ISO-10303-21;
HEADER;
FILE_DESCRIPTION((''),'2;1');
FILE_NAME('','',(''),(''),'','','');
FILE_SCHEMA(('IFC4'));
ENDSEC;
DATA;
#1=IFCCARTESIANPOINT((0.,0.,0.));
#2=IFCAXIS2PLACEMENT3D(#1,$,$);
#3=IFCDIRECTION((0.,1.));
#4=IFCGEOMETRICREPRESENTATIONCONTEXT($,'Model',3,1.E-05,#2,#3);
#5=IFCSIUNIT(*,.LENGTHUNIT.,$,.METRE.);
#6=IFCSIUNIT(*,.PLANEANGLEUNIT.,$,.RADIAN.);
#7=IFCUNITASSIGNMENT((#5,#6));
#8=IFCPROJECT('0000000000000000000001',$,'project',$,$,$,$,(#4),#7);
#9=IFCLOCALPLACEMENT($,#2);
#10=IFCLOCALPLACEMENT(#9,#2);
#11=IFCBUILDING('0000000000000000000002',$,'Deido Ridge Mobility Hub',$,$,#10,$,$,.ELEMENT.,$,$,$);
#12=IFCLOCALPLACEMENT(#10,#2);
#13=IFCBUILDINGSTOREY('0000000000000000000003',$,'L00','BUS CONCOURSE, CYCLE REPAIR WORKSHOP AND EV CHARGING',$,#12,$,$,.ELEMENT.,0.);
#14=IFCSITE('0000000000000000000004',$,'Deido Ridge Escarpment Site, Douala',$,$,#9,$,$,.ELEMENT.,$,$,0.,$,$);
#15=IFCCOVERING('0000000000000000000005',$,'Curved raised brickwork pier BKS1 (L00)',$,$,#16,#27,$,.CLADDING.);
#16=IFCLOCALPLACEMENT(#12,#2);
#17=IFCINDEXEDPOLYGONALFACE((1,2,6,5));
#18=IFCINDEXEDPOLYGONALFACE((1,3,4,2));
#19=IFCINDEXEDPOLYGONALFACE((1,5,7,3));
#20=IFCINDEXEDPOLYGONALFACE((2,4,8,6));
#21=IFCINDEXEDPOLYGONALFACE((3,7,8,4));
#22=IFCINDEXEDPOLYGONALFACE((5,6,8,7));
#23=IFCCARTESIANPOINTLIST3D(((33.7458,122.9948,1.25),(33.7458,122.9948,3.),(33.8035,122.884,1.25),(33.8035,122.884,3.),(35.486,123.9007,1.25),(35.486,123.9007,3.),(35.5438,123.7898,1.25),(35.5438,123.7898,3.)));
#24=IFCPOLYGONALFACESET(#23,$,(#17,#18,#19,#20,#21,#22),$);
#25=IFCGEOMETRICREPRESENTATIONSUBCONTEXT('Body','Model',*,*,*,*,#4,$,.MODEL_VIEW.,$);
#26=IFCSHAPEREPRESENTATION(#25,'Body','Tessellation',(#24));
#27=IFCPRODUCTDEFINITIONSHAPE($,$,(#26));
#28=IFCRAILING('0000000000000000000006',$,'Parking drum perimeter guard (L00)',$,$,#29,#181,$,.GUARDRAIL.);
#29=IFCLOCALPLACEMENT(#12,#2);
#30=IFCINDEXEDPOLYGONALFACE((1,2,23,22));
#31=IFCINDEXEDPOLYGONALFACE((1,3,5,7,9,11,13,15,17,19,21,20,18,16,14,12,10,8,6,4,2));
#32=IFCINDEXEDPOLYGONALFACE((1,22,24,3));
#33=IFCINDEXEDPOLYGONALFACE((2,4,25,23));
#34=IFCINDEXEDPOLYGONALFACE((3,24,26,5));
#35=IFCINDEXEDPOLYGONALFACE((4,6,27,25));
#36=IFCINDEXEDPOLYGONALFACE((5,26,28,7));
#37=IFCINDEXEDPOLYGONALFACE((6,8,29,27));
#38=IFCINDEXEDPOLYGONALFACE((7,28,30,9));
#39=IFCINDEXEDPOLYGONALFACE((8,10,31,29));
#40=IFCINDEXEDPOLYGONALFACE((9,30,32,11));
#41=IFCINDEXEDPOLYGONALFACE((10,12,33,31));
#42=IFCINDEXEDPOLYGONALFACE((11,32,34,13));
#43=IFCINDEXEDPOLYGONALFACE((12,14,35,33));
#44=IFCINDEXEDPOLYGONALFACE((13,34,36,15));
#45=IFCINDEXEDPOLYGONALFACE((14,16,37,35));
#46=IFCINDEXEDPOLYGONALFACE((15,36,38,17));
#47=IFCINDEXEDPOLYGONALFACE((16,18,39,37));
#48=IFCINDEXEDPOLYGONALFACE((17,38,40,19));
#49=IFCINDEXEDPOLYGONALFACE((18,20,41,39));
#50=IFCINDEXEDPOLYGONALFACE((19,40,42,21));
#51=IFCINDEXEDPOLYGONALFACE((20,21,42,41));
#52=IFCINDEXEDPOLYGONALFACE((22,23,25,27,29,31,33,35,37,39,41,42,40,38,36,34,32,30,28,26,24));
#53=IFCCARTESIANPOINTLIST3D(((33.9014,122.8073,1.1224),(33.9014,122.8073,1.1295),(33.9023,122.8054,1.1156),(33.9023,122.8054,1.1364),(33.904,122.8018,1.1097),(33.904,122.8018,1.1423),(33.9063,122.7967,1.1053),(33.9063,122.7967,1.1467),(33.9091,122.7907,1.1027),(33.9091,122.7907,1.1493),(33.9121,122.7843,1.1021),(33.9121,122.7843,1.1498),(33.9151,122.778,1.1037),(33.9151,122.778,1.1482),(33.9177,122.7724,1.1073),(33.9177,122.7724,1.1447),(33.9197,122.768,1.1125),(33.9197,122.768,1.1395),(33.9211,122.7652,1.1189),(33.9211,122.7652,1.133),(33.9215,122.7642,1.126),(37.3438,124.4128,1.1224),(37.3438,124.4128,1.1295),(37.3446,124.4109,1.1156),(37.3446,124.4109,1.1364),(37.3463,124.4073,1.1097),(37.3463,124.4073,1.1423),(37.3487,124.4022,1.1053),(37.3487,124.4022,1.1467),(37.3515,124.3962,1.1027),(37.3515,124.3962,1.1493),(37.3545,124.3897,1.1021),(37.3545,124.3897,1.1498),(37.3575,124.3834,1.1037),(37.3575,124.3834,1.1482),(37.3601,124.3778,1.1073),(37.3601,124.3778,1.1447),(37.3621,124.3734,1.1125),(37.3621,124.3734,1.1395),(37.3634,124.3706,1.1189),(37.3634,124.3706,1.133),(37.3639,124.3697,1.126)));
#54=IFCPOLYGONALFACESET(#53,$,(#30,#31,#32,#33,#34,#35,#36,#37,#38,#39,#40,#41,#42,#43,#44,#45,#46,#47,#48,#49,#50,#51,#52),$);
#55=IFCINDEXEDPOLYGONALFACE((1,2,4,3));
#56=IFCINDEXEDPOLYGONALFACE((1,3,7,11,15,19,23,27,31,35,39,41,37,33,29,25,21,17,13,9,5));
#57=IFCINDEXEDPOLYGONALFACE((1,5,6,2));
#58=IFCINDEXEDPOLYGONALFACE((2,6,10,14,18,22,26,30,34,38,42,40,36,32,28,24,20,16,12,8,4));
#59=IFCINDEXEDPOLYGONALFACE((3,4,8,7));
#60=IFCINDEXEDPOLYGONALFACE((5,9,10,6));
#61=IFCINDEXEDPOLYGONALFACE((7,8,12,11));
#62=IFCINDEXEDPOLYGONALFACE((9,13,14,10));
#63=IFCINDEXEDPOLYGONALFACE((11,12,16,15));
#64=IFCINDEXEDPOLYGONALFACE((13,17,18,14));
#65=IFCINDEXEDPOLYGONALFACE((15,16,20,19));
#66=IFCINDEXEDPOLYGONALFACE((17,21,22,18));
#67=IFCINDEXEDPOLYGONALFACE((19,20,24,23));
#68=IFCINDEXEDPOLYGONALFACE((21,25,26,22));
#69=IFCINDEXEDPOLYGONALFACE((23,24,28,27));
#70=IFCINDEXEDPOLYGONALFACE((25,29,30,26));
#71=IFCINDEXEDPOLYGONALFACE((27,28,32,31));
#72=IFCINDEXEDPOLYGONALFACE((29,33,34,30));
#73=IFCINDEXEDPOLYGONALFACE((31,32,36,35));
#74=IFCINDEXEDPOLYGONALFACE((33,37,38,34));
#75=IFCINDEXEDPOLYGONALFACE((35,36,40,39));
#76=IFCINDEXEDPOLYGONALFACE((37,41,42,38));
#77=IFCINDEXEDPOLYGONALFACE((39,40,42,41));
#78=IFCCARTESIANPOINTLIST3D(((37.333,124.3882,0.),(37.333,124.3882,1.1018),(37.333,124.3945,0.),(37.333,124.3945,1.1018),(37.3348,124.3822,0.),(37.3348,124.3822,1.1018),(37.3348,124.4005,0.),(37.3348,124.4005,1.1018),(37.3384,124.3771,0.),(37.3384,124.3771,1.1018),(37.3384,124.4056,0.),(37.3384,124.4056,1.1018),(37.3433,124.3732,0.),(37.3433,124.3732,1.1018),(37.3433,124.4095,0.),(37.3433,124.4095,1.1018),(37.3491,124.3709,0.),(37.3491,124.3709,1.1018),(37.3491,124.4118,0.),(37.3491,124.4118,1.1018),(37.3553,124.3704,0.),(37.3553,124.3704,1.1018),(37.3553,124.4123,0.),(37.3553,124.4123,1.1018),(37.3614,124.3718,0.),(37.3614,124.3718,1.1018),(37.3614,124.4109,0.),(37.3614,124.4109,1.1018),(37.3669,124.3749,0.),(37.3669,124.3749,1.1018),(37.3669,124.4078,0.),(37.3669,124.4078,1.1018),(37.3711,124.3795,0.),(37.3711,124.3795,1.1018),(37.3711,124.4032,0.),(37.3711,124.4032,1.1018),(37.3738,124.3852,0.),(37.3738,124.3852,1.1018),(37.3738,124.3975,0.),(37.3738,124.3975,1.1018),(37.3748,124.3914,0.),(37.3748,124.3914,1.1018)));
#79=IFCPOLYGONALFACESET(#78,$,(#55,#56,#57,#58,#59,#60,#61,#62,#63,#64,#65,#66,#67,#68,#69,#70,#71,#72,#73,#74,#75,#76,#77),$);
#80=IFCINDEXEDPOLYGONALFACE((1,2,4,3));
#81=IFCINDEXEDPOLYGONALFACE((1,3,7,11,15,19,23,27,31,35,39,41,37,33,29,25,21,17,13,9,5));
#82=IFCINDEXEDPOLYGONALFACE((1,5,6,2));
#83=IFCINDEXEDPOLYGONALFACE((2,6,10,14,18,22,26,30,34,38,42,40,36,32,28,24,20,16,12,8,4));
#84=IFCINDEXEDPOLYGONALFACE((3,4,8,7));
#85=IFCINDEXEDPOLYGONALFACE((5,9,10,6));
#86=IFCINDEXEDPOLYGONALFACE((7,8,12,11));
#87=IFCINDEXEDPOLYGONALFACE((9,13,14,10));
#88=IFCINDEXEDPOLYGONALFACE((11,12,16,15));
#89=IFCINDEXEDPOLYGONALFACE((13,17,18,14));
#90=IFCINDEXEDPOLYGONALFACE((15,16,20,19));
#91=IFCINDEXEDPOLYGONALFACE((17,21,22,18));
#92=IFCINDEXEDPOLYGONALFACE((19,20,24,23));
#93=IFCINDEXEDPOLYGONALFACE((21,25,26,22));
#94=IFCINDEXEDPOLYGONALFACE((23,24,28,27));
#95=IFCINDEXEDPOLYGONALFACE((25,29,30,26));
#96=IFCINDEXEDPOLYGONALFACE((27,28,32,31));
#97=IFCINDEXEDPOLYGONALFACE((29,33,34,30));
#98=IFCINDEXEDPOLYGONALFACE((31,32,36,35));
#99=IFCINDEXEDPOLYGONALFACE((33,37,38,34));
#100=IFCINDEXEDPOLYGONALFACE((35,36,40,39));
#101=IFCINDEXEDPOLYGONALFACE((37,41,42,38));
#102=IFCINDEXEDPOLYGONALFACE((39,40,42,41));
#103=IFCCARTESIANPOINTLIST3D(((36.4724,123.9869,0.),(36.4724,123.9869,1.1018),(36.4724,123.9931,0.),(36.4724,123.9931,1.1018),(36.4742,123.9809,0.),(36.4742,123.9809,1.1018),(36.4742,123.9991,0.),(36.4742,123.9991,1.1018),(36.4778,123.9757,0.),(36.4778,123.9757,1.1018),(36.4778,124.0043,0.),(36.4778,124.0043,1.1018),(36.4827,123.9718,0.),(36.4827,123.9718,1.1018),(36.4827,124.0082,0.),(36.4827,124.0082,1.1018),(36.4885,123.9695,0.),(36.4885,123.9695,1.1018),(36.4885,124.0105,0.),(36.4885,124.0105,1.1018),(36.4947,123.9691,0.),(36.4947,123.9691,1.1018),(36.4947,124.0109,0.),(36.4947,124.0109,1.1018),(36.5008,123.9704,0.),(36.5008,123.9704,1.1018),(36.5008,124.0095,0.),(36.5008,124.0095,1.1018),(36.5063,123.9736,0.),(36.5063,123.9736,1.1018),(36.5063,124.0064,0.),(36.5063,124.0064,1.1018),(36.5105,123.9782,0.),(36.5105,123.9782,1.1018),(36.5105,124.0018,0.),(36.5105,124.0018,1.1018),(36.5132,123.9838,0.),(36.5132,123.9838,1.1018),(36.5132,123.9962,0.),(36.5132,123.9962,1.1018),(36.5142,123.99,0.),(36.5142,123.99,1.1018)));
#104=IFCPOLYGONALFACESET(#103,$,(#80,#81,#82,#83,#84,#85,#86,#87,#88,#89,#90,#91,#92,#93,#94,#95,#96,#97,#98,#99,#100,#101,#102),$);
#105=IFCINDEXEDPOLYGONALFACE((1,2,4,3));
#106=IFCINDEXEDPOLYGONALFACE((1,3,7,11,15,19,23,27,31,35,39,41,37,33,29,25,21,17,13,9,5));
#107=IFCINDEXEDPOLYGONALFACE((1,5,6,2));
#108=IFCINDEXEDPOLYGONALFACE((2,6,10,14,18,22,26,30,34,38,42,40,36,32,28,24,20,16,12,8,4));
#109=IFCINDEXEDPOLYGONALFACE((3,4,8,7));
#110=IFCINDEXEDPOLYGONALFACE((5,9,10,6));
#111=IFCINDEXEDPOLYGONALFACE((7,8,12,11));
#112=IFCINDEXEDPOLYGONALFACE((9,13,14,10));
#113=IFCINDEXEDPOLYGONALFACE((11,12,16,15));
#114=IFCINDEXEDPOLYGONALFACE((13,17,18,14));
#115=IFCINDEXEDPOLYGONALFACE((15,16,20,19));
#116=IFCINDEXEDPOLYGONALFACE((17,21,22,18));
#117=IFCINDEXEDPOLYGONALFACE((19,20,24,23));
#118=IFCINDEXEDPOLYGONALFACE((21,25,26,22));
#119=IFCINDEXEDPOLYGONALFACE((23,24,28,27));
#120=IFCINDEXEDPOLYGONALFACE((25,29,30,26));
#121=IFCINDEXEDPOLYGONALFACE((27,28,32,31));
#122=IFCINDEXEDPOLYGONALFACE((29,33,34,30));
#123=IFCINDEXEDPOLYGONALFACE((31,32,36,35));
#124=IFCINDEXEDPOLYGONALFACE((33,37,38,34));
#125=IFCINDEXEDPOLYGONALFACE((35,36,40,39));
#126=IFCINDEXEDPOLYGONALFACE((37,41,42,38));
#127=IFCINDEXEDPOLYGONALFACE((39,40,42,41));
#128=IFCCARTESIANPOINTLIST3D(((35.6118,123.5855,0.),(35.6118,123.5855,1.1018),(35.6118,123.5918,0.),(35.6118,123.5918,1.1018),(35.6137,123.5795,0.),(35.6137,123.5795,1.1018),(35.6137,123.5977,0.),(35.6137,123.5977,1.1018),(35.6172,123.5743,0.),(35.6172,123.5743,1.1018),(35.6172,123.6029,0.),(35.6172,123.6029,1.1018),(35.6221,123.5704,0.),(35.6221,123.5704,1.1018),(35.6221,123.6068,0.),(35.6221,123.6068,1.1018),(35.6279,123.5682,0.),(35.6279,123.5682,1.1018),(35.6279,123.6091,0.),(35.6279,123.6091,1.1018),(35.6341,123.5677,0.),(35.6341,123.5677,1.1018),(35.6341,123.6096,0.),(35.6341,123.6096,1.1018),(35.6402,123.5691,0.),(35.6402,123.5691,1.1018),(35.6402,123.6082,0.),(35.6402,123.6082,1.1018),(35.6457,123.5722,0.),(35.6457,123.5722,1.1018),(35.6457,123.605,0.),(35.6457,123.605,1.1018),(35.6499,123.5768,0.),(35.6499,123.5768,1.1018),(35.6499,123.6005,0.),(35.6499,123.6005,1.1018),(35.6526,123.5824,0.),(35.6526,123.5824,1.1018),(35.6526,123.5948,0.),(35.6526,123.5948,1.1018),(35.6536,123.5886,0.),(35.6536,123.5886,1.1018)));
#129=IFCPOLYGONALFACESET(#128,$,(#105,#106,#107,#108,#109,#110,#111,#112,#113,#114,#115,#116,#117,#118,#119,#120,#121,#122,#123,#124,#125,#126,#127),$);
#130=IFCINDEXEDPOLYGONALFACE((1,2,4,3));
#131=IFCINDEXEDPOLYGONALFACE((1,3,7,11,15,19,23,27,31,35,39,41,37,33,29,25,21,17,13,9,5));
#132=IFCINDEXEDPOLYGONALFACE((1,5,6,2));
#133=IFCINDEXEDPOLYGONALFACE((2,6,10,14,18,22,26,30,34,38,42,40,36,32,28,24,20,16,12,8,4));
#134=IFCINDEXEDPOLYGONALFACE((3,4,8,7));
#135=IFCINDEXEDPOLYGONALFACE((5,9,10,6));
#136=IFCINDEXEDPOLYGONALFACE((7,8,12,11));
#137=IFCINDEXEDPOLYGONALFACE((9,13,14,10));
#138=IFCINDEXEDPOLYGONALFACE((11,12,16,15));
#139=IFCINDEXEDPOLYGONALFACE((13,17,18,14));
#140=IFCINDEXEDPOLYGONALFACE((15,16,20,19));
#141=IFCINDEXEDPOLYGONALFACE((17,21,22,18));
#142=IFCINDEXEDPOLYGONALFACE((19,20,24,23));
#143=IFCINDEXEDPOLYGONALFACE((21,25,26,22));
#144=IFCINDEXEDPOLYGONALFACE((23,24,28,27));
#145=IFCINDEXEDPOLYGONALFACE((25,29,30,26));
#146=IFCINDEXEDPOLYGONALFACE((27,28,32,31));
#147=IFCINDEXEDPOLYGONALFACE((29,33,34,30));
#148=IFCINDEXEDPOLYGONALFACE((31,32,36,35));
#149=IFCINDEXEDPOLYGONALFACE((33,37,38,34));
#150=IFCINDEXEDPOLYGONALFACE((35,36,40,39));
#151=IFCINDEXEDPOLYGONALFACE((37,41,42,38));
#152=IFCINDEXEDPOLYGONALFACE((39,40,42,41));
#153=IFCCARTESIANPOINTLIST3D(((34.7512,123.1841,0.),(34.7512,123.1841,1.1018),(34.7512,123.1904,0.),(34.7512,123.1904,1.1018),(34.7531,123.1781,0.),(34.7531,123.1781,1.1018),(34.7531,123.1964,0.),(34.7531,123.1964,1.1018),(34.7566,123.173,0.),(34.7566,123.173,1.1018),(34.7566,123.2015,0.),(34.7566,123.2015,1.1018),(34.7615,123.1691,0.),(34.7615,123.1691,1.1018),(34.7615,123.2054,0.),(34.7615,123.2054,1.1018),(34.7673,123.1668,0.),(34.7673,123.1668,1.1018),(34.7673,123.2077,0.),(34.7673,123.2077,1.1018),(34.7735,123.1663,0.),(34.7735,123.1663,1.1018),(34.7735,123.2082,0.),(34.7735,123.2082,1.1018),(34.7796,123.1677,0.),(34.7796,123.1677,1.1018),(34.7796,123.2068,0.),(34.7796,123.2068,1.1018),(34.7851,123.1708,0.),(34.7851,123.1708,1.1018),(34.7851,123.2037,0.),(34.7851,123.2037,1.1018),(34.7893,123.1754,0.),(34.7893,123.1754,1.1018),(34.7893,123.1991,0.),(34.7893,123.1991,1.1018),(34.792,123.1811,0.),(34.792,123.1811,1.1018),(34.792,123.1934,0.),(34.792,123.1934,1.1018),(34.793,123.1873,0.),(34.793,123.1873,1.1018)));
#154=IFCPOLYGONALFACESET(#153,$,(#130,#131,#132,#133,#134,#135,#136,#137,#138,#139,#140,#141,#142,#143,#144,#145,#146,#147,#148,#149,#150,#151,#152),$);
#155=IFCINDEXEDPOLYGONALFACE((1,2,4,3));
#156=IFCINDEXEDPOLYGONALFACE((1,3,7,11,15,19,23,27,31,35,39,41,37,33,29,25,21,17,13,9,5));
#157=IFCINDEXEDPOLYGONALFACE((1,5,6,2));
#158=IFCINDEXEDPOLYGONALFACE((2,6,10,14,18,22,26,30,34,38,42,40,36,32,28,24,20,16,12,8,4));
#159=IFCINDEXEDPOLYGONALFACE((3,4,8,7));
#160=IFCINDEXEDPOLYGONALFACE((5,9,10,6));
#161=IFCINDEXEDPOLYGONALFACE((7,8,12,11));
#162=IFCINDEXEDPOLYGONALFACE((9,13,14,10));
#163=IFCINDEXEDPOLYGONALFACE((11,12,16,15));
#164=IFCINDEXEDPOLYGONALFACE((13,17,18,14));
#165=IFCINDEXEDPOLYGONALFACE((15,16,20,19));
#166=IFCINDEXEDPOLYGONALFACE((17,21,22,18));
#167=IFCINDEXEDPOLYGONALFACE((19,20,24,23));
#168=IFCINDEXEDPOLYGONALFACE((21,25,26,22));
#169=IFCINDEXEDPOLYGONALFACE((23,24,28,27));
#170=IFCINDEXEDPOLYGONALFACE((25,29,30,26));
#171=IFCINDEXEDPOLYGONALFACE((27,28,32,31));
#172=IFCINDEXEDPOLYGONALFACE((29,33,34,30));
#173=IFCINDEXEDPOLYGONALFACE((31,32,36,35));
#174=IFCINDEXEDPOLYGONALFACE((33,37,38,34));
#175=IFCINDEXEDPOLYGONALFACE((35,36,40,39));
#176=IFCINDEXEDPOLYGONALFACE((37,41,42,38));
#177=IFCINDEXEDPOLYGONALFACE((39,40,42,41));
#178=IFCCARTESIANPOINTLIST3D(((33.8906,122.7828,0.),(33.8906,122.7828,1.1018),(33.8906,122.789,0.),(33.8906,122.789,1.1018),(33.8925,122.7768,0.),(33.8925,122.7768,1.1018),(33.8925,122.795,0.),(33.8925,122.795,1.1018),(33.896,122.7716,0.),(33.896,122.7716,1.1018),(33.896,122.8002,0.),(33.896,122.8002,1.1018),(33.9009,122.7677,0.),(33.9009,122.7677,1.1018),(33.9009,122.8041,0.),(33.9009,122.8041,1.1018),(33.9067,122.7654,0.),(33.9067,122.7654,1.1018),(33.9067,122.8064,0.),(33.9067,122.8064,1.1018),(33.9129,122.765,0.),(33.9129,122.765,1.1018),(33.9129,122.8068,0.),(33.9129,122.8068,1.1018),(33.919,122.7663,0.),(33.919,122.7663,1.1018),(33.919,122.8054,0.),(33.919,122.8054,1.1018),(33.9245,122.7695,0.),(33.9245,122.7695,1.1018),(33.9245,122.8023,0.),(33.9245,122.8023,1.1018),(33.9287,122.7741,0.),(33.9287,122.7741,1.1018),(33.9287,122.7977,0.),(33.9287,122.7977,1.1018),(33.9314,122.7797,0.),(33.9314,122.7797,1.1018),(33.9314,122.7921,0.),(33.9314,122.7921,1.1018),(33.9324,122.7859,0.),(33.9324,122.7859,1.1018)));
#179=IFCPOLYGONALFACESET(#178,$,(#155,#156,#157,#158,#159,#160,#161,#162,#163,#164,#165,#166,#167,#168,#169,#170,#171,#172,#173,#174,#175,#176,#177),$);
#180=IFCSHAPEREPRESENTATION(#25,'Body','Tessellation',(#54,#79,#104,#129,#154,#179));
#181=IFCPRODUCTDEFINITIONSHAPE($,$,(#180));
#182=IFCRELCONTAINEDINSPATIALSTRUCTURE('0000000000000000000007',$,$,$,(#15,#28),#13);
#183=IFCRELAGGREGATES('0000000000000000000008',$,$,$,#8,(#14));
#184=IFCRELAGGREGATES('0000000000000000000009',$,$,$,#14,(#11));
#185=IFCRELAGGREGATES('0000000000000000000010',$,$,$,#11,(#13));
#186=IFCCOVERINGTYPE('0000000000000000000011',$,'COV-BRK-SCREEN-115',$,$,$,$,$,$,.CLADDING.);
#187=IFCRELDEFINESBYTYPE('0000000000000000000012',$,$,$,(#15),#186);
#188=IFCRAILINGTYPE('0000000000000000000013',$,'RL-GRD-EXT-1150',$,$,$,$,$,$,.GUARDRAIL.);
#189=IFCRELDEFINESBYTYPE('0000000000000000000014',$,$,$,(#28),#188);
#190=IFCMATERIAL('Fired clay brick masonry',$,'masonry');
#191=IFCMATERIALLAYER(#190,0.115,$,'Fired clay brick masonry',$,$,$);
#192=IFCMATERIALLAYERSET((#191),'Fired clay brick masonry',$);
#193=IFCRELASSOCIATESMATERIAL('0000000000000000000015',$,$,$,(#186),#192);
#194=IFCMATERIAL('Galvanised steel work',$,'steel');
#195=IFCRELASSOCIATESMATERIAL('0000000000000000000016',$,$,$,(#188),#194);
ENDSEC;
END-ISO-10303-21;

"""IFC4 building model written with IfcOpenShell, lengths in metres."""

from ifc_helpers import new_model, si_unit, direction, frame, origin, origin_2d, place, context, subcontext, project, spatial, rectangle, circle, extrude, material, layer, layer_set, type_object, element, save


model = new_model("IFC4")

# Units and contexts
model_context = context("Model", 3, precision=1e-05, world=origin(), true_north=direction((0.0, 1.0)))
body_context = subcontext(model_context, "Body", "Model", "MODEL_VIEW")
ifc_project = project(units=[si_unit("LENGTHUNIT", "METRE"), si_unit("PLANEANGLEUNIT", "RADIAN")], contexts=[model_context])

# Site, building, storey
site_placement = place(None, origin())
site = spatial("IfcSite", under=ifc_project, at=site_placement, Name="Deido Ridge Escarpment Site, Douala", CompositionType="ELEMENT", RefElevation=0.0)
building_placement = place(site_placement, origin())
building = spatial("IfcBuilding", under=site, at=building_placement, Name="Deido Ridge Mobility Hub", CompositionType="ELEMENT")
storey_placement = place(building_placement, origin())
storey = spatial("IfcBuildingStorey", under=building, at=storey_placement, Name="L00", Description="BUS CONCOURSE, CYCLE REPAIR WORKSHOP AND EV CHARGING", CompositionType="ELEMENT", Elevation=0.0)

# Covering
ifc_material_1 = material(Name="Fired clay brick masonry", Category="masonry")
ifc_layer = layer(ifc_material_1, 0.115, Name="Fired clay brick masonry")
ifc_layer_set = layer_set([ifc_layer], Name="Fired clay brick masonry")
covering_type = type_object("IfcCoveringType", Name="COV-BRK-SCREEN-115", PredefinedType="CLADDING", material=ifc_layer_set)
covering_1_placement = place(storey_placement, frame((34.6448, 123.3923, 1.25), z_axis=(0.0, 0.0, 1.0), x_axis=(-0.887019, -0.461733, 0.0)))
element("IfcCovering", 1, at=covering_1_placement, inside=storey, type_object=covering_type, Name="Curved raised brickwork pier BKS1 (L00)", PredefinedType="CLADDING", context=body_context, shape_type="SweptSolid", body=[
    extrude(rectangle(XDim=1.9619, YDim=0.125, at=origin_2d()), origin(), (0.0, 0.0, 1.0), 1.75),
])

# Railing
ifc_material_2 = material(Name="Galvanised steel work", Category="steel")
railing_type = type_object("IfcRailingType", Name="RL-GRD-EXT-1150", PredefinedType="GUARDRAIL", material=ifc_material_2)
railing_1_placement = place(storey_placement, frame((37.3538, 124.3914, 0.0)))
element("IfcRailing", 2, at=railing_1_placement, inside=storey, type_object=railing_type, Name="Parking drum perimeter guard (L00)", PredefinedType="GUARDRAIL", context=body_context, shape_type="SweptSolid", body=[
    extrude(circle(Radius=0.0239, at=origin_2d()), frame((0.0, 0.0, 1.126), z_axis=(-0.906282, -0.422674, 0.0), x_axis=(0.422674, -0.906282, 0.0)), (0.0, 0.0, 1.0), 3.7983),
    extrude(circle(Radius=0.021, at=origin_2d()), origin(), (0.0, 0.0, 1.0), 1.1018),
    extrude(circle(Radius=0.021, at=origin_2d()), frame((-0.8606, -0.4014, 0.0)), (0.0, 0.0, 1.0), 1.1018),
    extrude(circle(Radius=0.021, at=origin_2d()), frame((-1.7212, -0.8027, 0.0)), (0.0, 0.0, 1.0), 1.1018),
    extrude(circle(Radius=0.021, at=origin_2d()), frame((-2.5818, -1.2041, 0.0)), (0.0, 0.0, 1.0), 1.1018),
    extrude(circle(Radius=0.021, at=origin_2d()), frame((-3.4424, -1.6055, 0.0)), (0.0, 0.0, 1.0), 1.1018),
])

save(model, "model.ifc")
